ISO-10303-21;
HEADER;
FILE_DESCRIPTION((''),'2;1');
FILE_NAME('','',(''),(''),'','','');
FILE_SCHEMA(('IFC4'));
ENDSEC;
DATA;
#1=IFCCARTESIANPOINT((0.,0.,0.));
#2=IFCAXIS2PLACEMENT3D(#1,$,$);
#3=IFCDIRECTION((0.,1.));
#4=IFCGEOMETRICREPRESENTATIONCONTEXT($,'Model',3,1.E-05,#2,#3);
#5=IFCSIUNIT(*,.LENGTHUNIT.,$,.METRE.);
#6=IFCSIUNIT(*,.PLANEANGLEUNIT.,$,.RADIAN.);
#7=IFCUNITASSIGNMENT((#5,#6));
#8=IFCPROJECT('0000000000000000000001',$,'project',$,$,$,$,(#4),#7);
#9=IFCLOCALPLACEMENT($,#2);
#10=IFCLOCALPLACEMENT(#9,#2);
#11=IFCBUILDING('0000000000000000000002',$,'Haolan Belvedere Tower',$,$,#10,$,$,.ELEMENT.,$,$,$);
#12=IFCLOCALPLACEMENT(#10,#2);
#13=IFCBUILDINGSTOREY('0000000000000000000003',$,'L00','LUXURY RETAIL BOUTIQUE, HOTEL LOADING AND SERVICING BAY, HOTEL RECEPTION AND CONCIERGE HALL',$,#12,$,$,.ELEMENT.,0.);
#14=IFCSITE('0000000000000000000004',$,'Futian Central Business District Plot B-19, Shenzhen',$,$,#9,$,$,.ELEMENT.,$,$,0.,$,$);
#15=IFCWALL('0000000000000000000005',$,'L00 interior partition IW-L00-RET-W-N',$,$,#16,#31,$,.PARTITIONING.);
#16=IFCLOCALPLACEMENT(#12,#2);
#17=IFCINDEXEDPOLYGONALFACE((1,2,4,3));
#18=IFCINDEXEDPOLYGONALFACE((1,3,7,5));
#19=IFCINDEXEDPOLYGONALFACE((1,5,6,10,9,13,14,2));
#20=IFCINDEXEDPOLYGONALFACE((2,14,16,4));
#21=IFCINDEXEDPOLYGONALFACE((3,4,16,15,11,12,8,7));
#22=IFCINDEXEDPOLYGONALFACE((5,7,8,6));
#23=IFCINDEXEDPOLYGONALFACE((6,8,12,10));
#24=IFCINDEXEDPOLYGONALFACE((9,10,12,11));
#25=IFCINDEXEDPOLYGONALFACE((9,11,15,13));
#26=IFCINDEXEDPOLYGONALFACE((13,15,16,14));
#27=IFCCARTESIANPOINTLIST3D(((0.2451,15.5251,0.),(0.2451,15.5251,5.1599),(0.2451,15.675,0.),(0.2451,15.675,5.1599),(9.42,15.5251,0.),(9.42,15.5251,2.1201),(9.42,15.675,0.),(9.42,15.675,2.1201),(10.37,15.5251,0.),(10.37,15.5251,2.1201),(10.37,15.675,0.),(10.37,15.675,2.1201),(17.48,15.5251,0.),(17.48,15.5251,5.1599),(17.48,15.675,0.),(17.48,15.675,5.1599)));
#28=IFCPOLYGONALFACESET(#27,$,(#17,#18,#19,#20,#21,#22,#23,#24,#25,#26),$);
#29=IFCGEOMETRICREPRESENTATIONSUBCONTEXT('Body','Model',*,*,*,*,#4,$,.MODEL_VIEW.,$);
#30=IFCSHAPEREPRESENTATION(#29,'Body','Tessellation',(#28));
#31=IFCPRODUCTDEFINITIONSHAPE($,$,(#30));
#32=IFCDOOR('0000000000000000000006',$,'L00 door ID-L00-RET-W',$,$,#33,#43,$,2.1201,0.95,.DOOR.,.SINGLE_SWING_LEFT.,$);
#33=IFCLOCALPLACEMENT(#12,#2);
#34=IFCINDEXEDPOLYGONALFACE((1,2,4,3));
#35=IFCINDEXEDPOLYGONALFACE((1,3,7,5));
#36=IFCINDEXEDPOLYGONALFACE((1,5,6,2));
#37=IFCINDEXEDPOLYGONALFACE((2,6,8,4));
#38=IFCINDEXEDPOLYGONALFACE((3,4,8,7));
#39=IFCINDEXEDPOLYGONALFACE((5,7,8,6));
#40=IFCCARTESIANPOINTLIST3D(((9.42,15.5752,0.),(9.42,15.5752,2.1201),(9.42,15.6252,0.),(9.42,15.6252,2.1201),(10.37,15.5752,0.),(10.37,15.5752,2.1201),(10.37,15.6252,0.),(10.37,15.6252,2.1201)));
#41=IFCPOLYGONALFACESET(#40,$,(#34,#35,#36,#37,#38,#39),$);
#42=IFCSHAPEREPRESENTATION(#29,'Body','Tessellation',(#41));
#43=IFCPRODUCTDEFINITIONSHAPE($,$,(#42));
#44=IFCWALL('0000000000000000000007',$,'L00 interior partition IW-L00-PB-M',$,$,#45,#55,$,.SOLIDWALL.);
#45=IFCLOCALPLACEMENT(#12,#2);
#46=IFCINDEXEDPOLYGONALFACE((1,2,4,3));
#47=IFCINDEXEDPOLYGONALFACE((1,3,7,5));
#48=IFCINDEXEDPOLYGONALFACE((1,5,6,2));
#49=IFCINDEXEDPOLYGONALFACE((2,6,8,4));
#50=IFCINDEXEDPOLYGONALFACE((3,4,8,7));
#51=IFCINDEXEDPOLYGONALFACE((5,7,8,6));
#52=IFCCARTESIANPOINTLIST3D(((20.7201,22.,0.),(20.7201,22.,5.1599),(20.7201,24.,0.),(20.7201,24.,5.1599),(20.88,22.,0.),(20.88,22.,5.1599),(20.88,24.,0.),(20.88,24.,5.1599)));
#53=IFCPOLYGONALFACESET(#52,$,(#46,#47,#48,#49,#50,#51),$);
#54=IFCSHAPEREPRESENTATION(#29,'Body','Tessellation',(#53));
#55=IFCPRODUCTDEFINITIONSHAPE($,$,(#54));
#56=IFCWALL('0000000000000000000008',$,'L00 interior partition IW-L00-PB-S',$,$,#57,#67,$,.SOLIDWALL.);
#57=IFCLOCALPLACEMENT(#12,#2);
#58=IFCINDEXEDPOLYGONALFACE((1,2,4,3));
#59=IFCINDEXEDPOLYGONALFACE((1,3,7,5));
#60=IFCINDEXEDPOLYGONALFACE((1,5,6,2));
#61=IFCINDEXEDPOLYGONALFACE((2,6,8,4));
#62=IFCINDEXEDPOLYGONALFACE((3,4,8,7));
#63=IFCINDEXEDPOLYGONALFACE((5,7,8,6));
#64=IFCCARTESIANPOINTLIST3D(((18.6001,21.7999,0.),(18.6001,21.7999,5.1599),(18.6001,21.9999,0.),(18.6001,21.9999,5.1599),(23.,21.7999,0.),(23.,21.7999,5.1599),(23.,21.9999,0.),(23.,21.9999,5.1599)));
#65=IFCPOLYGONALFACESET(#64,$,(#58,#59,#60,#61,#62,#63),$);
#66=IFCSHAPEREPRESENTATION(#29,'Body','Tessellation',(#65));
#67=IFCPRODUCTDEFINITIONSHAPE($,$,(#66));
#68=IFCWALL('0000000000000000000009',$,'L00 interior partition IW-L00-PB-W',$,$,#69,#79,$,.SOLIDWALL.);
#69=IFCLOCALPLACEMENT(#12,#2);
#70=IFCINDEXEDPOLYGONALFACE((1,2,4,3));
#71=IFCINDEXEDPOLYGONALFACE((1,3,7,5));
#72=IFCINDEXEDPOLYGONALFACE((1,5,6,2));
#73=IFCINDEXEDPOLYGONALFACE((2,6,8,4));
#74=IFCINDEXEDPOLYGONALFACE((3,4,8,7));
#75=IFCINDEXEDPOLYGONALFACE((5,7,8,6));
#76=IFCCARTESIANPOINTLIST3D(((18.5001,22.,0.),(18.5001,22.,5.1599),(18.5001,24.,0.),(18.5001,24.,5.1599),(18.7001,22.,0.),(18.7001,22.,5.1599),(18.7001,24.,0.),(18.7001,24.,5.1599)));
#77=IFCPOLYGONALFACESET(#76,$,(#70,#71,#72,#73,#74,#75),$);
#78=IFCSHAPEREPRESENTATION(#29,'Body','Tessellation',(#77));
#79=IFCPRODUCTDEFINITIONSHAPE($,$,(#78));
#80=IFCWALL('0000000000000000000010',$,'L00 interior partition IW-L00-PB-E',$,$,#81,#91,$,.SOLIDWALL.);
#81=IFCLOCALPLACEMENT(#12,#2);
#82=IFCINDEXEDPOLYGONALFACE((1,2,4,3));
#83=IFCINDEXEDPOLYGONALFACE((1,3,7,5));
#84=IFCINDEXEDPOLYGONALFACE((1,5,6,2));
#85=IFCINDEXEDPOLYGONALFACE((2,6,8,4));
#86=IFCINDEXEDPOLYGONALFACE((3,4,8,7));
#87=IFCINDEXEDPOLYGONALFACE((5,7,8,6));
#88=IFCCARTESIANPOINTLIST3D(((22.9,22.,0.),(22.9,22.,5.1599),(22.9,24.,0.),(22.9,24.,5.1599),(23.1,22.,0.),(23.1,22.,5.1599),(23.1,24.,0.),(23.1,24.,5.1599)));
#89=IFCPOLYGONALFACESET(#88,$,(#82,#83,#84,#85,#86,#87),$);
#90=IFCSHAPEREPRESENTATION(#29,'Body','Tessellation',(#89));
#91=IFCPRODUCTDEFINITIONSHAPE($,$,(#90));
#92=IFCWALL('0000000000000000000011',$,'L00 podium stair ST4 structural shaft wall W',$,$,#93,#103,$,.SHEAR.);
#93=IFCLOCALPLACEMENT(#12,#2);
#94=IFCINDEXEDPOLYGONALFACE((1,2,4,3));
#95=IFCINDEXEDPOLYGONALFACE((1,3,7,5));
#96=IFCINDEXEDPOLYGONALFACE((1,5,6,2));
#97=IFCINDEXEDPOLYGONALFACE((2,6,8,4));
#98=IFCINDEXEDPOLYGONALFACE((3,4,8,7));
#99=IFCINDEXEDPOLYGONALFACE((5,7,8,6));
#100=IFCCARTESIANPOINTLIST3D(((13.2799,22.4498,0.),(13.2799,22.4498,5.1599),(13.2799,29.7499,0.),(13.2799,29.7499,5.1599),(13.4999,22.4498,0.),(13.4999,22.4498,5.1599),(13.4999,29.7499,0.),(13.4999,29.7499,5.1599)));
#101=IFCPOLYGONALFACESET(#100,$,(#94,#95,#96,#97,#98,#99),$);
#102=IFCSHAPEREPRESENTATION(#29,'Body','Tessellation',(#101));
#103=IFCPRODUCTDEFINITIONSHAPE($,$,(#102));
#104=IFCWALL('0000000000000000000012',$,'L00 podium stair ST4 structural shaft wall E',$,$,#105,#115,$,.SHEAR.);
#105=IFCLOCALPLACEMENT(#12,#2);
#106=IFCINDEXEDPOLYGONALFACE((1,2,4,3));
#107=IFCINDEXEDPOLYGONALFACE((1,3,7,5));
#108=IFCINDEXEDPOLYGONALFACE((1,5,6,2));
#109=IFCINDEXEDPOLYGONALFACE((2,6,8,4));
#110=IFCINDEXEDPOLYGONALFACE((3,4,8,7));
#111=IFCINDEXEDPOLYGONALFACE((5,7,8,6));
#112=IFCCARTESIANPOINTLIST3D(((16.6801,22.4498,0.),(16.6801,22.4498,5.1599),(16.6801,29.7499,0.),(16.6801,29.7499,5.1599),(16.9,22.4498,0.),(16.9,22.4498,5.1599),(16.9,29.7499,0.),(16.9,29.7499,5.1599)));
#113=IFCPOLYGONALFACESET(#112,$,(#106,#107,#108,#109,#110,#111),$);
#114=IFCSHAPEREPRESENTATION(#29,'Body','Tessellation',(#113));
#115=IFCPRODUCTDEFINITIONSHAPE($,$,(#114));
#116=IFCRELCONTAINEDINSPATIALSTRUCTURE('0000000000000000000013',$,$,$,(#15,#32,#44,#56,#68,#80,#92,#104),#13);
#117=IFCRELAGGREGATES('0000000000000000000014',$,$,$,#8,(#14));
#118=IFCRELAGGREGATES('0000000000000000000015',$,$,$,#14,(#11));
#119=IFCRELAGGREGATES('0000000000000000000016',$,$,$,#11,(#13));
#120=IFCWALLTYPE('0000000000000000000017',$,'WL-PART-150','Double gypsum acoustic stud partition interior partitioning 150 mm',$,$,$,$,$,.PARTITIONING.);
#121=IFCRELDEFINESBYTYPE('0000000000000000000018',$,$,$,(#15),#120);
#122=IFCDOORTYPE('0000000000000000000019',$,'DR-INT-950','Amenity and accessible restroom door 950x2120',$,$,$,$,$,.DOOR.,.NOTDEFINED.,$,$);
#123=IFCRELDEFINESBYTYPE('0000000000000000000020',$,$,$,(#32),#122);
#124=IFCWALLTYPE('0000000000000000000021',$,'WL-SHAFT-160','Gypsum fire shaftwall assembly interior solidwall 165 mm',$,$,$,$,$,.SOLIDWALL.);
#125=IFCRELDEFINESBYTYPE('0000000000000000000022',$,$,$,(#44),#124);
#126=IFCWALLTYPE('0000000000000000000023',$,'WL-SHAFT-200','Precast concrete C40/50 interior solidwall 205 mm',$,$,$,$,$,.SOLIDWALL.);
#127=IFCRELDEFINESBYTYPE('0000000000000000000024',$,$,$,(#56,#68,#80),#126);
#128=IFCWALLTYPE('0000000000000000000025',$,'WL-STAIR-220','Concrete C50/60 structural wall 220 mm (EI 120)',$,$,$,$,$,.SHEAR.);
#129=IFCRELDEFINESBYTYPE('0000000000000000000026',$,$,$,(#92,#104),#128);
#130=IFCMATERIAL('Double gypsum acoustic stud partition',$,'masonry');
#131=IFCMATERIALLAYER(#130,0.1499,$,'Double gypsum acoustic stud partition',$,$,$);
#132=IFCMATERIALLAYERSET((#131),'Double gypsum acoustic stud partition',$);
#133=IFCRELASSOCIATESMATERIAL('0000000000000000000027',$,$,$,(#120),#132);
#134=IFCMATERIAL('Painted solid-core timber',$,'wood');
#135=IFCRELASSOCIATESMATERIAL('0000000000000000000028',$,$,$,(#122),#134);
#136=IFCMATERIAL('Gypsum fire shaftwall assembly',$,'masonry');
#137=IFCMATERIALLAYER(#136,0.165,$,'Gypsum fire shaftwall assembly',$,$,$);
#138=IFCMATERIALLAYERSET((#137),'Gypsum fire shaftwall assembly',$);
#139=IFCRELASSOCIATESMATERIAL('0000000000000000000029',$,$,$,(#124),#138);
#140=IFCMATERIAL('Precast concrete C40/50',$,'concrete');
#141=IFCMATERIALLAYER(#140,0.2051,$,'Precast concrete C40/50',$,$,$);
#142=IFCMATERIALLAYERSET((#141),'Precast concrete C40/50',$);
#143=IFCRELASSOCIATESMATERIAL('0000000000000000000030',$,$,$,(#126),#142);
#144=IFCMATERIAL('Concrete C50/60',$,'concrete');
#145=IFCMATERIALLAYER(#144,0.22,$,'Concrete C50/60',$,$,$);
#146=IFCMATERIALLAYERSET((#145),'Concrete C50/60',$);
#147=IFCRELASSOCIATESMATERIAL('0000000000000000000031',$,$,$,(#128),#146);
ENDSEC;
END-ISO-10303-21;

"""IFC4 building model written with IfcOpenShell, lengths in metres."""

from ifc_helpers import new_model, si_unit, direction, frame, frame_2d, origin, place, context, subcontext, project, spatial, rectangle, extrude, material, layer, layer_set, type_object, element, fill, save


model = new_model("IFC4")

# Units and contexts
model_context = context("Model", 3, precision=1e-05, world=origin(), true_north=direction((0.0, 1.0)))
body_context = subcontext(model_context, "Body", "Model", "MODEL_VIEW")
ifc_project = project(units=[si_unit("LENGTHUNIT", "METRE"), si_unit("PLANEANGLEUNIT", "RADIAN")], contexts=[model_context])

# Site, building, storey
site_placement = place(None, origin())
site = spatial("IfcSite", under=ifc_project, at=site_placement, Name="Futian Central Business District Plot B-19, Shenzhen", CompositionType="ELEMENT", RefElevation=0.0)
building_placement = place(site_placement, origin())
building = spatial("IfcBuilding", under=site, at=building_placement, Name="Haolan Belvedere Tower", CompositionType="ELEMENT")
storey_placement = place(building_placement, origin())
storey = spatial("IfcBuildingStorey", under=building, at=storey_placement, Name="L00", Description="LUXURY RETAIL BOUTIQUE, HOTEL LOADING AND SERVICING BAY, HOTEL RECEPTION AND CONCIERGE HALL", CompositionType="ELEMENT", Elevation=0.0)

# Wall, opening, door
ifc_material_1 = material(Name="Double gypsum acoustic stud partition", Category="masonry")
ifc_layer_1 = layer(ifc_material_1, 0.1499, Name="Double gypsum acoustic stud partition")
ifc_layer_set_1 = layer_set([ifc_layer_1], Name="Double gypsum acoustic stud partition")
wall_type_1 = type_object("IfcWallType", Name="WL-PART-150", Description="Double gypsum acoustic stud partition interior partitioning 150 mm", PredefinedType="PARTITIONING", material=ifc_layer_set_1)
wall_1_placement = place(storey_placement, frame((0.2451, 15.6001, 0.0), z_axis=(0.0, 0.0, 1.0), x_axis=(1.0, 0.0, 0.0)))
wall_1 = element("IfcWall", 1, at=wall_1_placement, inside=storey, type_object=wall_type_1, Name="L00 interior partition IW-L00-RET-W-N", PredefinedType="PARTITIONING", context=body_context, shape_type="SweptSolid", body=[
    extrude(rectangle(XDim=17.2349, YDim=0.1499, at=frame_2d((8.6174, 0.0))), origin(), (0.0, 0.0, 1.0), 5.1599),
])
opening_placement = place(wall_1_placement, frame((10.125, 0.0, 0.0), z_axis=(0.0, 0.0, 1.0), x_axis=(-1.0, 0.0, 0.0)))
opening = element("IfcOpeningElement", 2, at=opening_placement, cuts=wall_1, PredefinedType="OPENING", context=body_context, shape_type="SweptSolid", body=[
    extrude(rectangle(XDim=0.95, YDim=2.1201, at=frame_2d((0.4751, 1.0601))), frame((0.0, 0.085, 0.0), z_axis=(0.0, -1.0, 0.0), x_axis=(1.0, 0.0, 0.0)), (0.0, 0.0, 1.0), 0.1699),
])
ifc_material_2 = material(Name="Painted solid-core timber", Category="wood")
door_type = type_object("IfcDoorType", Name="DR-INT-950", Description="Amenity and accessible restroom door 950x2120", OperationType="NOTDEFINED", PredefinedType="DOOR", material=ifc_material_2)
door_placement = place(opening_placement, origin())
door = element("IfcDoor", 3, at=door_placement, inside=storey, type_object=door_type, Name="L00 door ID-L00-RET-W", OperationType="SINGLE_SWING_LEFT", OverallHeight=2.1201, OverallWidth=0.95, PredefinedType="DOOR", context=body_context, shape_type="SweptSolid", body=[
    extrude(rectangle(XDim=0.95, YDim=2.1201, at=frame_2d((0.4751, 1.0601))), frame((0.0, 0.0249, 0.0), z_axis=(0.0, -1.0, 0.0), x_axis=(1.0, 0.0, 0.0)), (0.0, 0.0, 1.0), 0.05),
])
fill(opening, door)

# Walls
ifc_material_3 = material(Name="Gypsum fire shaftwall assembly", Category="masonry")
ifc_layer_2 = layer(ifc_material_3, 0.165, Name="Gypsum fire shaftwall assembly")
ifc_layer_set_2 = layer_set([ifc_layer_2], Name="Gypsum fire shaftwall assembly")
wall_type_2 = type_object("IfcWallType", Name="WL-SHAFT-160", Description="Gypsum fire shaftwall assembly interior solidwall 165 mm", PredefinedType="SOLIDWALL", material=ifc_layer_set_2)
wall_2_placement = place(storey_placement, frame((20.8, 22.0, 0.0), z_axis=(0.0, 0.0, 1.0), x_axis=(0.0, 1.0, 0.0)))
element("IfcWall", 4, at=wall_2_placement, inside=storey, type_object=wall_type_2, Name="L00 interior partition IW-L00-PB-M", PredefinedType="SOLIDWALL", context=body_context, shape_type="SweptSolid", body=[
    extrude(rectangle(XDim=2.0, YDim=0.1599, at=frame_2d((1.0, 0.0))), origin(), (0.0, 0.0, 1.0), 5.1599),
])
ifc_material_4 = material(Name="Precast concrete C40/50", Category="concrete")
ifc_layer_3 = layer(ifc_material_4, 0.2051, Name="Precast concrete C40/50")
ifc_layer_set_3 = layer_set([ifc_layer_3], Name="Precast concrete C40/50")
wall_type_3 = type_object("IfcWallType", Name="WL-SHAFT-200", Description="Precast concrete C40/50 interior solidwall 205 mm", PredefinedType="SOLIDWALL", material=ifc_layer_set_3)
wall_3_placement = place(storey_placement, frame((18.6001, 21.8999, 0.0), z_axis=(0.0, 0.0, 1.0), x_axis=(1.0, 0.0, 0.0)))
element("IfcWall", 5, at=wall_3_placement, inside=storey, type_object=wall_type_3, Name="L00 interior partition IW-L00-PB-S", PredefinedType="SOLIDWALL", context=body_context, shape_type="SweptSolid", body=[
    extrude(rectangle(XDim=4.3999, YDim=0.2, at=frame_2d((2.2, 0.0))), origin(), (0.0, 0.0, 1.0), 5.1599),
])
for number, where, z_axis, x_axis, name in (
    (6, (18.6001, 22.0, 0.0), (0.0, 0.0, 1.0), (0.0, 1.0, 0.0), "L00 interior partition IW-L00-PB-W"),
    (7, (23.0, 22.0, 0.0), (0.0, 0.0, 1.0), (0.0, 1.0, 0.0), "L00 interior partition IW-L00-PB-E"),
):
    element("IfcWall", number, at=place(storey_placement, frame(where, z_axis=z_axis, x_axis=x_axis)), inside=storey, type_object=wall_type_3, Name=name, PredefinedType="SOLIDWALL", context=body_context, shape_type="SweptSolid", body=[
        extrude(rectangle(XDim=2.0, YDim=0.2, at=frame_2d((1.0, 0.0))), origin(), (0.0, 0.0, 1.0), 5.1599),
    ])
ifc_material_5 = material(Name="Concrete C50/60", Category="concrete")
ifc_layer_4 = layer(ifc_material_5, 0.22, Name="Concrete C50/60")
ifc_layer_set_4 = layer_set([ifc_layer_4], Name="Concrete C50/60")
wall_type_4 = type_object("IfcWallType", Name="WL-STAIR-220", Description="Concrete C50/60 structural wall 220 mm (EI 120)", PredefinedType="SHEAR", material=ifc_layer_set_4)
for number, where, z_axis, x_axis, name in (
    (8, (13.3899, 22.45, 0.0), (0.0, 0.0, 1.0), (0.0, 1.0, 0.0), "L00 podium stair ST4 structural shaft wall W"),
    (9, (16.79, 22.45, 0.0), (0.0, 0.0, 1.0), (0.0, 1.0, 0.0), "L00 podium stair ST4 structural shaft wall E"),
):
    element("IfcWall", number, at=place(storey_placement, frame(where, z_axis=z_axis, x_axis=x_axis)), inside=storey, type_object=wall_type_4, Name=name, PredefinedType="SHEAR", context=body_context, shape_type="SweptSolid", body=[
        extrude(rectangle(XDim=7.3, YDim=0.22, at=frame_2d((3.6499, 0.0))), origin(), (0.0, 0.0, 1.0), 5.1599),
    ])

save(model, "model.ifc")
